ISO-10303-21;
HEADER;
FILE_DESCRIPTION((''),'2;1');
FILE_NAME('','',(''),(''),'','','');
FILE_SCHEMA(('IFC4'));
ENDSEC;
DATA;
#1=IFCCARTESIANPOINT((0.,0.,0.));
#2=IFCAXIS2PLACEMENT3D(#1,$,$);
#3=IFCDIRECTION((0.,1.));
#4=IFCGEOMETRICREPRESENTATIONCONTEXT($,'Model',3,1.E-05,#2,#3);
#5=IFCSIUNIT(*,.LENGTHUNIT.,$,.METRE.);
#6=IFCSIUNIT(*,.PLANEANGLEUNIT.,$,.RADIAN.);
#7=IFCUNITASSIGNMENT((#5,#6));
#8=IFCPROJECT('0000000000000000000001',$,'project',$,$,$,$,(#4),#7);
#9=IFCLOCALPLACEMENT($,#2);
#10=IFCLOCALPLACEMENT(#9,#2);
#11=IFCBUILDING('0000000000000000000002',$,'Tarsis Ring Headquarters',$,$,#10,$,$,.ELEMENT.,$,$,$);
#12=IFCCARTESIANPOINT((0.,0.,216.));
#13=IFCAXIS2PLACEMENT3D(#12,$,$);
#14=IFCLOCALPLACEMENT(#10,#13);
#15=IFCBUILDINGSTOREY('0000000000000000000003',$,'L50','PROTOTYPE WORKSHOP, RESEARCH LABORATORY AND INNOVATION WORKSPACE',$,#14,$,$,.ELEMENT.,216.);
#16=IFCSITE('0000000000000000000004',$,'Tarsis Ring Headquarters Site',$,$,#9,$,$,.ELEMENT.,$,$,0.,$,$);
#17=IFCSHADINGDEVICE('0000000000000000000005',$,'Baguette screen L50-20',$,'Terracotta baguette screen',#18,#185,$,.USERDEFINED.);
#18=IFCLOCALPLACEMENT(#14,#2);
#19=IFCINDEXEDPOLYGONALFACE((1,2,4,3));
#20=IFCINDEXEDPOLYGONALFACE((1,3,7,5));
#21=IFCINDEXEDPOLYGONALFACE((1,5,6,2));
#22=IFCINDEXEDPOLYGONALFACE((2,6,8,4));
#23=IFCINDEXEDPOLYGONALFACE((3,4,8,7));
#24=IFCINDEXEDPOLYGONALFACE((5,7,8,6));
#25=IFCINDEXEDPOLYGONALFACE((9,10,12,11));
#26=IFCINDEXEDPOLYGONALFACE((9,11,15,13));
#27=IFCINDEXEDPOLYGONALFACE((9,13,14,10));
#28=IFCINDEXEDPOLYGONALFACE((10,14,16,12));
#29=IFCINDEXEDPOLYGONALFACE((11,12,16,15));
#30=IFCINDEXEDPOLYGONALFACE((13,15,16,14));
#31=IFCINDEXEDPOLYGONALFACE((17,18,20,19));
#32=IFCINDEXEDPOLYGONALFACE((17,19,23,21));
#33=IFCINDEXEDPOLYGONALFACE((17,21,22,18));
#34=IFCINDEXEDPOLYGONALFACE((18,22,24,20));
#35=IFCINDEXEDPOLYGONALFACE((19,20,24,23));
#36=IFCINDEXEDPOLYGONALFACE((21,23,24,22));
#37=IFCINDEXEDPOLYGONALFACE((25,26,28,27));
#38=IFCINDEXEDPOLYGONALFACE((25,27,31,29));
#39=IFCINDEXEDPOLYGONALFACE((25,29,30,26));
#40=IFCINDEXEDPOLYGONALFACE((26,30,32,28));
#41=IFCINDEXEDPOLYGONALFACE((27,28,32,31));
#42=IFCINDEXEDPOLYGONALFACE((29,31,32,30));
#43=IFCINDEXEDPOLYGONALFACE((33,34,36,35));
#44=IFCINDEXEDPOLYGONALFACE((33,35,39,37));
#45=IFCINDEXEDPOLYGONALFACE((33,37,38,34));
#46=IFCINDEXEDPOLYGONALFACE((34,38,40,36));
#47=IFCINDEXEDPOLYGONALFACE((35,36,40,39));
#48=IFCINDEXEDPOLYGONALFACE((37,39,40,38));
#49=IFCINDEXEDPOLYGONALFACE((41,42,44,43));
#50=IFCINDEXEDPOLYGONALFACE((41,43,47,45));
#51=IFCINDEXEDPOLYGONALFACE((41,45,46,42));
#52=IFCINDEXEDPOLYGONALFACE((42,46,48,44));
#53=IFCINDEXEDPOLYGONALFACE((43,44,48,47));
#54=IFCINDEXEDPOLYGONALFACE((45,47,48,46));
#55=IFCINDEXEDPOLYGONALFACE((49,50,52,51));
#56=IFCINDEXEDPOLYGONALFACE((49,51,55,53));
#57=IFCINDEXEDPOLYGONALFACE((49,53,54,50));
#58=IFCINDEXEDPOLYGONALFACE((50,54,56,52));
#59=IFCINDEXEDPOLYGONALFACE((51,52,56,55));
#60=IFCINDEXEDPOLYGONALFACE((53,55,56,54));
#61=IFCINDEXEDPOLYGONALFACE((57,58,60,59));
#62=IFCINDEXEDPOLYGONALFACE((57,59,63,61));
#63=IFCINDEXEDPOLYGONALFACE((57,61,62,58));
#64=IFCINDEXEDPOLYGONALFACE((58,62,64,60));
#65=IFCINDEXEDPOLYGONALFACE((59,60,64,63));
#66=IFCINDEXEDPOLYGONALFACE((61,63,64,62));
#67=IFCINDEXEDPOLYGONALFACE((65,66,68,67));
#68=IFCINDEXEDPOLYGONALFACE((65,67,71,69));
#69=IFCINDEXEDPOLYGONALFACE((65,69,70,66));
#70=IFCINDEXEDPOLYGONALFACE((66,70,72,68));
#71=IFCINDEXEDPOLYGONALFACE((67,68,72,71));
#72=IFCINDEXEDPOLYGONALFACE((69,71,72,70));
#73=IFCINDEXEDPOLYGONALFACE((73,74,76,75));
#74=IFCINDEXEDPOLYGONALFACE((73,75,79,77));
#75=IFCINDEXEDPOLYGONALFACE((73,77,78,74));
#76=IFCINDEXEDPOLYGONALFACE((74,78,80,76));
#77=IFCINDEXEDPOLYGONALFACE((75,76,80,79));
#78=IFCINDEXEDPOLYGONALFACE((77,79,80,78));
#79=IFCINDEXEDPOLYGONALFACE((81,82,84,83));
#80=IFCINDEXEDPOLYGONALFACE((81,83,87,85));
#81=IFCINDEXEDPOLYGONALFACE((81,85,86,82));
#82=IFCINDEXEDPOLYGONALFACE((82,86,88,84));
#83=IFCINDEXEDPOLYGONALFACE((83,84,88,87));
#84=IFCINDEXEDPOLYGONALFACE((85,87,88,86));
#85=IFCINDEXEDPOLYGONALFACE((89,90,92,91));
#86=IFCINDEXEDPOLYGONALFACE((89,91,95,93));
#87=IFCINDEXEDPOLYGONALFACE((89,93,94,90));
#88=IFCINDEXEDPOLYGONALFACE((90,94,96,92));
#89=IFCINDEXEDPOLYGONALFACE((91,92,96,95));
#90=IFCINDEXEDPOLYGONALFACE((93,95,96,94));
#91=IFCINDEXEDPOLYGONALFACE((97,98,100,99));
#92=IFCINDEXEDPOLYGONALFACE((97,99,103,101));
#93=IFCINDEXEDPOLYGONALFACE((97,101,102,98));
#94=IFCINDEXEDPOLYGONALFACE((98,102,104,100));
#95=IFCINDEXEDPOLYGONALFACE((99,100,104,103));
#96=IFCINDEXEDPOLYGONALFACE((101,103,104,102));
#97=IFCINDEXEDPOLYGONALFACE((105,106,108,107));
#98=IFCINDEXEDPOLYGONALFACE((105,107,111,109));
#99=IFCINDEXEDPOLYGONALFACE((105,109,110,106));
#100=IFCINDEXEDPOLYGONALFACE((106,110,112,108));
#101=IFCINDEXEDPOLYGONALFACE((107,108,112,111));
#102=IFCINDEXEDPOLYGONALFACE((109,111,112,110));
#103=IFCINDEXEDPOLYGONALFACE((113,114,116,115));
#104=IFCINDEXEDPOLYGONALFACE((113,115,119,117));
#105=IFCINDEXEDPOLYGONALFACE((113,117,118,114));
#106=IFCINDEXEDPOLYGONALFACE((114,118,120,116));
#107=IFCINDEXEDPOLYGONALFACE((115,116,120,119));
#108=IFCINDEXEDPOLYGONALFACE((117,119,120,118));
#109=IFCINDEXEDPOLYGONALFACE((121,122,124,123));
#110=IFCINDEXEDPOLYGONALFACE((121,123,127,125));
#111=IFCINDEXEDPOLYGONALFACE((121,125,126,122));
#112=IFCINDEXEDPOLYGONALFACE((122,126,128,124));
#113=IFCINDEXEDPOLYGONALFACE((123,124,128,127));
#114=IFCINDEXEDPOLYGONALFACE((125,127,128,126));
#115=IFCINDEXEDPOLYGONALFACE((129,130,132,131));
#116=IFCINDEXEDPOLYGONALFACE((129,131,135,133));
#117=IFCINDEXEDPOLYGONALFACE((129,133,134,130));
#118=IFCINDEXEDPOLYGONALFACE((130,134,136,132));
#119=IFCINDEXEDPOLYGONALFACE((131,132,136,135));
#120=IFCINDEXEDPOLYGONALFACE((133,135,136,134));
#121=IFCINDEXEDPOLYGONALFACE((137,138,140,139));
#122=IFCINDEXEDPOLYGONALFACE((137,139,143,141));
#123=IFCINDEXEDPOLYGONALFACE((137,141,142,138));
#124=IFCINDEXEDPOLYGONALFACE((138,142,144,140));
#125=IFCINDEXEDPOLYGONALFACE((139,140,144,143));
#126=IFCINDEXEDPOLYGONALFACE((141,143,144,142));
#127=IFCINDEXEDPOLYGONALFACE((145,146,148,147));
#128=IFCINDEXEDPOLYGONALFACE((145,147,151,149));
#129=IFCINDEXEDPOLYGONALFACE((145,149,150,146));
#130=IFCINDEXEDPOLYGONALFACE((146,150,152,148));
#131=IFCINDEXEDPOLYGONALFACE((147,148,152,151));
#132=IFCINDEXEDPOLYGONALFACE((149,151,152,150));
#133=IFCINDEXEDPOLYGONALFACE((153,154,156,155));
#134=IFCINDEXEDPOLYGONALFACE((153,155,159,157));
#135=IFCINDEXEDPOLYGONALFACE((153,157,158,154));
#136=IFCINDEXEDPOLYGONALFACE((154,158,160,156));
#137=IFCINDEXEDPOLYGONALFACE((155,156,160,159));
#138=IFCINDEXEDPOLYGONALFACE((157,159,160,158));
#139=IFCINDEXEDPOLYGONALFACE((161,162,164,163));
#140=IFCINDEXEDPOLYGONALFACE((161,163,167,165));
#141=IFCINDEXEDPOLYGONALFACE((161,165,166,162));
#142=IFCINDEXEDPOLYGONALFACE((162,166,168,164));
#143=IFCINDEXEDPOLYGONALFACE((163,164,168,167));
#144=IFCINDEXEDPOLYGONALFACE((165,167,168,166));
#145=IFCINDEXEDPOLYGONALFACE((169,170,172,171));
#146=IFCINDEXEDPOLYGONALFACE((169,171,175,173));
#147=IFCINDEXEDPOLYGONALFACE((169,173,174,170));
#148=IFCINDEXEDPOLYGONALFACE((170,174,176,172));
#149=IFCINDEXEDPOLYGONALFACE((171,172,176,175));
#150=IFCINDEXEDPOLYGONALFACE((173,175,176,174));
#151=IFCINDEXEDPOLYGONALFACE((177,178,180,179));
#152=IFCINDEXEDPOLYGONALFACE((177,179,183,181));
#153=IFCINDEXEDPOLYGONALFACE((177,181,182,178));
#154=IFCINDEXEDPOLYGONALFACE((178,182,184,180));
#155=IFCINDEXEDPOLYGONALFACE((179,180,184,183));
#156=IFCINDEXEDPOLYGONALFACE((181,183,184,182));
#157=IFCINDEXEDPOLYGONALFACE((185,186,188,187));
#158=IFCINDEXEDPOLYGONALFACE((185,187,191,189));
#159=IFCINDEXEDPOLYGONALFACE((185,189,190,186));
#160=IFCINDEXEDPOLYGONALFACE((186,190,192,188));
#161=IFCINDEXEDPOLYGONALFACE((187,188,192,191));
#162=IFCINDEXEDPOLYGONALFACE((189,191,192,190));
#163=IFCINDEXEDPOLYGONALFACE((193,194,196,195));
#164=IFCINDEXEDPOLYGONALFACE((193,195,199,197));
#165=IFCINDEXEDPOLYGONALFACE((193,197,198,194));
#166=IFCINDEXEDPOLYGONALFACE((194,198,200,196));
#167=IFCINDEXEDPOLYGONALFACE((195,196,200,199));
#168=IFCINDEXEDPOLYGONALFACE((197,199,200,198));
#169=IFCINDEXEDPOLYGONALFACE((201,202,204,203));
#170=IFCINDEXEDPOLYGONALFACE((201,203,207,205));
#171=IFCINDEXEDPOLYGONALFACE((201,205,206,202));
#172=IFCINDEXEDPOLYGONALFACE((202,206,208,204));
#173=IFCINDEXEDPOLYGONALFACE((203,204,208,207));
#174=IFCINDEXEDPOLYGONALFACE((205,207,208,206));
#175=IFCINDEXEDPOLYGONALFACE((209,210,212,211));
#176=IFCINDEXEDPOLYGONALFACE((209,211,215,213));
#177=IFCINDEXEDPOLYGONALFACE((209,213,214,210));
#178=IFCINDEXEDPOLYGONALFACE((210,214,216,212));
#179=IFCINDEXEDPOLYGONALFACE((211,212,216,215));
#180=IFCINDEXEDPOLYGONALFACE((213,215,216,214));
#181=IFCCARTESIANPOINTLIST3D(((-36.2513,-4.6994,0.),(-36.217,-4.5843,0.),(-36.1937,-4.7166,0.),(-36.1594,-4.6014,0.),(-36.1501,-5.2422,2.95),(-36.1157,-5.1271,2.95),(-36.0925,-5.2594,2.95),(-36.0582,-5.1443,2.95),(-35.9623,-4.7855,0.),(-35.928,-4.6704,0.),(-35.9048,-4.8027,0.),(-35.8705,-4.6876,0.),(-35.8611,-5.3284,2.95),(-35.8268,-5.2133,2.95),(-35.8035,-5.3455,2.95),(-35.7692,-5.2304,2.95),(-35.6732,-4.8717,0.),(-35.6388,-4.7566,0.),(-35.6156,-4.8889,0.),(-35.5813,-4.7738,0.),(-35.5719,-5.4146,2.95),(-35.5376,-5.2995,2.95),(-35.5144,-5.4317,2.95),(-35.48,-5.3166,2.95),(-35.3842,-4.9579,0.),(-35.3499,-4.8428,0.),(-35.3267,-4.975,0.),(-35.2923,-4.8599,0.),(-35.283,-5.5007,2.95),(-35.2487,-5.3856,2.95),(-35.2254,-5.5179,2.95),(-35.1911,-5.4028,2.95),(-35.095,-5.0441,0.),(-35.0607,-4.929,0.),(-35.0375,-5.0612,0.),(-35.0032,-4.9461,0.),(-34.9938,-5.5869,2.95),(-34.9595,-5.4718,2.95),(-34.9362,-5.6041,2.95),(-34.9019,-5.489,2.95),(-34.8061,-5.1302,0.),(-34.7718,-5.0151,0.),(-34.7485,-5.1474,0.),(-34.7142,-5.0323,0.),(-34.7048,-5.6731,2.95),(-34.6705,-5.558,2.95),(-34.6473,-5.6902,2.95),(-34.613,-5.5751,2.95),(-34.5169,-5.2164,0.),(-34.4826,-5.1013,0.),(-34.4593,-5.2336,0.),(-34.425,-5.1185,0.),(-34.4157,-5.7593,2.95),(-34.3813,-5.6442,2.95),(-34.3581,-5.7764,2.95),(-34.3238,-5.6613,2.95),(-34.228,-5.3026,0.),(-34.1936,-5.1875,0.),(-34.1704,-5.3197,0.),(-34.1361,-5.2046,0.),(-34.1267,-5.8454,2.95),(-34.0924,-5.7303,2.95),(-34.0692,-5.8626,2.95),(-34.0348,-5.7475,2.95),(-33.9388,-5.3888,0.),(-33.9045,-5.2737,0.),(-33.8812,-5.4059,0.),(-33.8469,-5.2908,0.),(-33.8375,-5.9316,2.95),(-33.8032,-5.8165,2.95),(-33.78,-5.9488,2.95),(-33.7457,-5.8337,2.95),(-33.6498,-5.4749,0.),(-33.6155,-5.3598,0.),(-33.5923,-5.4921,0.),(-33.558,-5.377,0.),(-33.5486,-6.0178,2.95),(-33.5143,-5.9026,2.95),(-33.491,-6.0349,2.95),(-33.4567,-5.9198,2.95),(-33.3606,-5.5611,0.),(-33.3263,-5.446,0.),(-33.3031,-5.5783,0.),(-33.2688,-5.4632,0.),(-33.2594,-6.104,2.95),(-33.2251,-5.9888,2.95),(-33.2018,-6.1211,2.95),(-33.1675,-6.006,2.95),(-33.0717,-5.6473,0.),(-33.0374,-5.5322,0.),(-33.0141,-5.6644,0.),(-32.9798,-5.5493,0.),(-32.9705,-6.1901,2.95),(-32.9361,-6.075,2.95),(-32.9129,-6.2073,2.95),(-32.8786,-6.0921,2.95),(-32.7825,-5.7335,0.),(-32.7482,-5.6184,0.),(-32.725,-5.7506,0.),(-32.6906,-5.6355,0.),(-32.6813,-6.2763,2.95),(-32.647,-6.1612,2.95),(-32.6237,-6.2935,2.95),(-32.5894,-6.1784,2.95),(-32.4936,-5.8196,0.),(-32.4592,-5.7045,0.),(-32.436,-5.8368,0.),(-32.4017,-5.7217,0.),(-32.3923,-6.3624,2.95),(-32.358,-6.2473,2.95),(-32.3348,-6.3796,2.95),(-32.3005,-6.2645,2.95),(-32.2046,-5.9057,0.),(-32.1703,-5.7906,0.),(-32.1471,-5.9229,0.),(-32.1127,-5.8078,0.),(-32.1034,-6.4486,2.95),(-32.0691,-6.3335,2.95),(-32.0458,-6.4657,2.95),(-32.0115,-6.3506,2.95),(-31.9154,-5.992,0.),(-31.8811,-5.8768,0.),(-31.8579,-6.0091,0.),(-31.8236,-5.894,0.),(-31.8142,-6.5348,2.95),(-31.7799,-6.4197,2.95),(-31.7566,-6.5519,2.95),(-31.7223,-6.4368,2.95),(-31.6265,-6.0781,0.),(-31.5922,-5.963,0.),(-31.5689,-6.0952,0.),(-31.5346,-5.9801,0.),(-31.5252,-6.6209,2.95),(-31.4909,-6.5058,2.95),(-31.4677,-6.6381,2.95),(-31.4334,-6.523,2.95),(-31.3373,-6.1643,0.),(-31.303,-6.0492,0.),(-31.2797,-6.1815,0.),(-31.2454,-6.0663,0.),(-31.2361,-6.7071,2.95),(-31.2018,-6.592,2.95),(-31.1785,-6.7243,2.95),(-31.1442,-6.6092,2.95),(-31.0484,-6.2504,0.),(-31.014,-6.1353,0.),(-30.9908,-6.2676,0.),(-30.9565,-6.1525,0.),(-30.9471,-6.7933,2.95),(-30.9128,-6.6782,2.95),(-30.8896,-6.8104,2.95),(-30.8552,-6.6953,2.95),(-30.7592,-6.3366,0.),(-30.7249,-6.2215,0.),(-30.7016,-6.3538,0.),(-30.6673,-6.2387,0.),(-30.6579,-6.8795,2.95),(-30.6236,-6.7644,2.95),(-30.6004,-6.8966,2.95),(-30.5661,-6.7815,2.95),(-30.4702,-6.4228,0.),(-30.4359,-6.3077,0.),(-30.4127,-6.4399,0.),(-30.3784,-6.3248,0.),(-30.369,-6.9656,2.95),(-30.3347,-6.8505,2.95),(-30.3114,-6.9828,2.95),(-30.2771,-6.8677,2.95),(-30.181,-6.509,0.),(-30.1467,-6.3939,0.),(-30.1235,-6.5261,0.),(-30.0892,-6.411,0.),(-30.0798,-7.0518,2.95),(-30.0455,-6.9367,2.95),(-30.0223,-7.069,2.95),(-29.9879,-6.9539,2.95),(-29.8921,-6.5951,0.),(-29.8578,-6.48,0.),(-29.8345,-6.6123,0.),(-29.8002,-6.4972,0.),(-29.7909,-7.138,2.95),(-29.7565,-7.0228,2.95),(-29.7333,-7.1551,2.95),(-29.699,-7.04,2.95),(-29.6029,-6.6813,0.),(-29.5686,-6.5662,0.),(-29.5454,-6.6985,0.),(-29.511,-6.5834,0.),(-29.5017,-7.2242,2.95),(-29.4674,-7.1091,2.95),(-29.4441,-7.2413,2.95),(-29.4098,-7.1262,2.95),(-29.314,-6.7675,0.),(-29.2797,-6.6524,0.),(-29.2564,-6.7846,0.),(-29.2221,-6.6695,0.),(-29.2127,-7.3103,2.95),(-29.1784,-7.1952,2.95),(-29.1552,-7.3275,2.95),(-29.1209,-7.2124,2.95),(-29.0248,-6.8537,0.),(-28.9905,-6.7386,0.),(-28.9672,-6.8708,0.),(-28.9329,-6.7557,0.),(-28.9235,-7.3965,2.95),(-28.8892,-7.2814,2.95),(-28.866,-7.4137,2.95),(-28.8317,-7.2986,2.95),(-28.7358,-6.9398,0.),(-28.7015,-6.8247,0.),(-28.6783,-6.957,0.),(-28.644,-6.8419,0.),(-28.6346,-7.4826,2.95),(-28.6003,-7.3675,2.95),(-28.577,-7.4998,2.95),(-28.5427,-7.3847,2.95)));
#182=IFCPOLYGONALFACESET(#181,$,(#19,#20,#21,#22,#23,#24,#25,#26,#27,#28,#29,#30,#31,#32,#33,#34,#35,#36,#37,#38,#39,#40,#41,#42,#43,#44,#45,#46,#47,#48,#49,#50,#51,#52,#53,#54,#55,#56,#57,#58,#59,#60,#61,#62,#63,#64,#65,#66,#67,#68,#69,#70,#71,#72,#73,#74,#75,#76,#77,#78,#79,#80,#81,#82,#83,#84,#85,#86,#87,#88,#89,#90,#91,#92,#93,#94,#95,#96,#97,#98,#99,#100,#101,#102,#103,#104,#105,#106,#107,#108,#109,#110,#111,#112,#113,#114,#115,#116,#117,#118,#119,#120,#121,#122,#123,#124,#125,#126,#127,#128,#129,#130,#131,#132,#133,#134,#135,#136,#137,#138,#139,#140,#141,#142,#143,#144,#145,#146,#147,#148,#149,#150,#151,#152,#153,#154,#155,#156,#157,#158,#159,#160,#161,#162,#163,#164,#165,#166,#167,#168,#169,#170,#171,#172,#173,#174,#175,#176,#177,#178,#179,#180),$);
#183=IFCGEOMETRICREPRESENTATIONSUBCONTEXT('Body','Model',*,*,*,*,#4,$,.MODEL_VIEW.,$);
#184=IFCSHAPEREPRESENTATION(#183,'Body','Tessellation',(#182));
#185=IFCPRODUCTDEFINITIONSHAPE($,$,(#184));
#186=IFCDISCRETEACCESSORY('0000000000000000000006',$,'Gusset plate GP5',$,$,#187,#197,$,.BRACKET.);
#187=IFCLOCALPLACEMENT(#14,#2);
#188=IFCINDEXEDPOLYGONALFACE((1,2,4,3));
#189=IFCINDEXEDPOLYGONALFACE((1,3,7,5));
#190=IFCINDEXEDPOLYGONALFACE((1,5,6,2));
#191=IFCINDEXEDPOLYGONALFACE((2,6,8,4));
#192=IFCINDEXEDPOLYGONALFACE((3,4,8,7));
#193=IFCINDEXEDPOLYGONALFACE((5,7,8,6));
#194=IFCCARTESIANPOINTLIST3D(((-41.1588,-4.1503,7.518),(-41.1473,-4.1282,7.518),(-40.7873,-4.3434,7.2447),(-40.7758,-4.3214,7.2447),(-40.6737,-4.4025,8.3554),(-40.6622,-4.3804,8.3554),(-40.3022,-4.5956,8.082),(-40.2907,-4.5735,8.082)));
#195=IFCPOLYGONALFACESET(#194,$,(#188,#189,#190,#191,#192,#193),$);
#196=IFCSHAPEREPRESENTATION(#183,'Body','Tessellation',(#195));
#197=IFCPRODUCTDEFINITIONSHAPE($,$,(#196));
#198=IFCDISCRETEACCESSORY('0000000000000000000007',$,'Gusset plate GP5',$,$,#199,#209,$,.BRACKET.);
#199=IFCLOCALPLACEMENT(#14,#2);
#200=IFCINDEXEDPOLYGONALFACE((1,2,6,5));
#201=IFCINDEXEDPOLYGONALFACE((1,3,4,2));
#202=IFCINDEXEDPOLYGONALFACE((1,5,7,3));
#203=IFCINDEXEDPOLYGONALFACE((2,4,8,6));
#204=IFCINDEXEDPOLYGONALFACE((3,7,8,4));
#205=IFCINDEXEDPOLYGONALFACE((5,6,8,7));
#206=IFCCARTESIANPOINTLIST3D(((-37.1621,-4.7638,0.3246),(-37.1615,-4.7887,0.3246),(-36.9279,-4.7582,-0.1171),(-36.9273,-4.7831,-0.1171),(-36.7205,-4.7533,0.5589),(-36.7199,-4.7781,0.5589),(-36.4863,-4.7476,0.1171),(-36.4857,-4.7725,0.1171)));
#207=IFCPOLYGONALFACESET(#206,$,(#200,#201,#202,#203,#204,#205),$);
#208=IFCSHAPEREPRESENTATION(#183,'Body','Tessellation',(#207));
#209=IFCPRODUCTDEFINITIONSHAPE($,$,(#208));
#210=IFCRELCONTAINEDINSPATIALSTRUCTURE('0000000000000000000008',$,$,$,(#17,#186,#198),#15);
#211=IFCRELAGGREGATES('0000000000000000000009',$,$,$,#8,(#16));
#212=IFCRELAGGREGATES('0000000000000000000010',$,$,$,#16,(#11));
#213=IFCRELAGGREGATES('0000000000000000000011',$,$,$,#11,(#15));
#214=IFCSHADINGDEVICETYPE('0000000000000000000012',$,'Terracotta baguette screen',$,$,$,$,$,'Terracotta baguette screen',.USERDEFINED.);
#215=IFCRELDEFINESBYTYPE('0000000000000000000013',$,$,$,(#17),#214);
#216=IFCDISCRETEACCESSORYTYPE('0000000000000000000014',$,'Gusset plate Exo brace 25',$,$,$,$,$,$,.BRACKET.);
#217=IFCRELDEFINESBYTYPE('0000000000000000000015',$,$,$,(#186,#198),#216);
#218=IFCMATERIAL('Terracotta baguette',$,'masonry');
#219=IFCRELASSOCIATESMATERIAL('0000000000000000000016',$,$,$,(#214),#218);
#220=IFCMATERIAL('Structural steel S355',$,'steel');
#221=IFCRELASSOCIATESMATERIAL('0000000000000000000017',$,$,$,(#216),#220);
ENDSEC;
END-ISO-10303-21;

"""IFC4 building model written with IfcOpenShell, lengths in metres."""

from ifc_helpers import new_model, si_unit, direction, frame, frame_2d, origin, origin_2d, place, context, subcontext, project, spatial, rectangle, composite_profile, extrude, material, material_profile, profile_set, type_object, element, save


model = new_model("IFC4")

# Units and contexts
model_context = context("Model", 3, precision=1e-05, world=origin(), true_north=direction((0.0, 1.0)))
body_context = subcontext(model_context, "Body", "Model", "MODEL_VIEW")
ifc_project = project(units=[si_unit("LENGTHUNIT", "METRE"), si_unit("PLANEANGLEUNIT", "RADIAN")], contexts=[model_context])

# Site, building, storey
site_placement = place(None, origin())
site = spatial("IfcSite", under=ifc_project, at=site_placement, Name="Tarsis Ring Headquarters Site", CompositionType="ELEMENT", RefElevation=0.0)
building_placement = place(site_placement, origin())
building = spatial("IfcBuilding", under=site, at=building_placement, Name="Tarsis Ring Headquarters", CompositionType="ELEMENT")
storey_placement = place(building_placement, frame((0.0, 0.0, 216.0)))
storey = spatial("IfcBuildingStorey", under=building, at=storey_placement, Name="L50", Description="PROTOTYPE WORKSHOP, RESEARCH LABORATORY AND INNOVATION WORKSPACE", CompositionType="ELEMENT", Elevation=216.0)

# Shared definitions
ifc_material_1 = material(Name="Structural steel S355", Category="steel")

# Shading device
ifc_material_2 = material(Name="Terracotta baguette", Category="masonry")
shading_device_type = type_object("IfcShadingDeviceType", Name="Terracotta baguette screen", ElementType="Terracotta baguette screen", PredefinedType="USERDEFINED", material=ifc_material_2)
shading_device_1_placement = place(storey_placement, frame((-36.2341, -4.6418, 0.0), z_axis=(0.0, 0.0, 1.0), x_axis=(0.958323, -0.285683, 0.0)))
element("IfcShadingDevice", 1, at=shading_device_1_placement, inside=storey, type_object=shading_device_type, Name="Baguette screen L50-20", ObjectType="Terracotta baguette screen", PredefinedType="USERDEFINED", context=body_context, shape_type="SweptSolid", body=[
    extrude(composite_profile([rectangle(XDim=0.0601, YDim=0.1201, at=frame_2d((0.03, 0.0))), rectangle(XDim=0.0601, YDim=0.1201, at=frame_2d((0.3315, 0.0))), rectangle(XDim=0.0601, YDim=0.1201, at=frame_2d((0.6333, 0.0))), rectangle(XDim=0.0601, YDim=0.1201, at=frame_2d((0.9348, 0.0))), rectangle(XDim=0.0601, YDim=0.1201, at=frame_2d((1.2366, 0.0))), rectangle(XDim=0.0601, YDim=0.1201, at=frame_2d((1.5381, 0.0))), rectangle(XDim=0.0601, YDim=0.1201, at=frame_2d((1.8398, 0.0))), rectangle(XDim=0.0601, YDim=0.1201, at=frame_2d((2.1414, 0.0))), rectangle(XDim=0.0601, YDim=0.1201, at=frame_2d((2.4431, 0.0))), rectangle(XDim=0.0601, YDim=0.1201, at=frame_2d((2.7446, 0.0))), rectangle(XDim=0.0601, YDim=0.1201, at=frame_2d((3.0464, 0.0))), rectangle(XDim=0.0601, YDim=0.1201, at=frame_2d((3.3479, 0.0))), rectangle(XDim=0.0601, YDim=0.1201, at=frame_2d((3.6497, 0.0))), rectangle(XDim=0.0601, YDim=0.1201, at=frame_2d((3.9512, 0.0))), rectangle(XDim=0.0601, YDim=0.1201, at=frame_2d((4.2527, 0.0))), rectangle(XDim=0.0601, YDim=0.1201, at=frame_2d((4.5544, 0.0))), rectangle(XDim=0.0601, YDim=0.1201, at=frame_2d((4.856, 0.0))), rectangle(XDim=0.0601, YDim=0.1201, at=frame_2d((5.1577, 0.0))), rectangle(XDim=0.0601, YDim=0.1201, at=frame_2d((5.4592, 0.0))), rectangle(XDim=0.0601, YDim=0.1201, at=frame_2d((5.761, 0.0))), rectangle(XDim=0.0601, YDim=0.1201, at=frame_2d((6.0625, 0.0))), rectangle(XDim=0.0601, YDim=0.1201, at=frame_2d((6.3643, 0.0))), rectangle(XDim=0.0601, YDim=0.1201, at=frame_2d((6.6658, 0.0))), rectangle(XDim=0.0601, YDim=0.1201, at=frame_2d((6.9675, 0.0))), rectangle(XDim=0.0601, YDim=0.1201, at=frame_2d((7.269, 0.0))), rectangle(XDim=0.0601, YDim=0.1201, at=frame_2d((7.5708, 0.0))), rectangle(XDim=0.0601, YDim=0.1201, at=frame_2d((7.8723, 0.0)))]), origin(), (0.083998, -0.163696, 0.982928), 3.0012),
])

# Discrete accessories
ifc_material_profile_1 = material_profile(ifc_material_1, rectangle(XDim=0.0249, YDim=0.5, at=origin_2d()), Name="PL 25x500")
ifc_profile_set_1 = profile_set([ifc_material_profile_1], Name="Structural steel S355")
discrete_accessory_type = type_object("IfcDiscreteAccessoryType", Name="Gusset plate Exo brace 25", PredefinedType="BRACKET", material=ifc_profile_set_1)
discrete_accessory_1_placement = place(storey_placement, frame((-40.9673, -4.2358, 7.3813), z_axis=(0.485065, -0.252175, 0.837329), x_axis=(0.461268, 0.887261, 0.0)))
element("IfcDiscreteAccessory", 2, at=discrete_accessory_1_placement, inside=storey, type_object=discrete_accessory_type, Name="Gusset plate GP5", PredefinedType="BRACKET", context=body_context, shape_type="SweptSolid", body=[
    extrude(rectangle(XDim=0.0249, YDim=0.5, at=origin_2d()), origin(), (0.0, 0.0, 1.0), 1.0),
])
discrete_accessory_2_placement = place(storey_placement, frame((-36.7068, -4.7654, 0.0), z_axis=(-0.468352, -0.011233, 0.883471), x_axis=(0.023976, -0.999713, 0.0)))
element("IfcDiscreteAccessory", 3, at=discrete_accessory_2_placement, inside=storey, type_object=discrete_accessory_type, Name="Gusset plate GP5", PredefinedType="BRACKET", context=body_context, shape_type="SweptSolid", body=[
    extrude(rectangle(XDim=0.0249, YDim=0.5, at=origin_2d()), origin(), (0.0, 0.0, 1.0), 0.5),
])

save(model, "model.ifc")
